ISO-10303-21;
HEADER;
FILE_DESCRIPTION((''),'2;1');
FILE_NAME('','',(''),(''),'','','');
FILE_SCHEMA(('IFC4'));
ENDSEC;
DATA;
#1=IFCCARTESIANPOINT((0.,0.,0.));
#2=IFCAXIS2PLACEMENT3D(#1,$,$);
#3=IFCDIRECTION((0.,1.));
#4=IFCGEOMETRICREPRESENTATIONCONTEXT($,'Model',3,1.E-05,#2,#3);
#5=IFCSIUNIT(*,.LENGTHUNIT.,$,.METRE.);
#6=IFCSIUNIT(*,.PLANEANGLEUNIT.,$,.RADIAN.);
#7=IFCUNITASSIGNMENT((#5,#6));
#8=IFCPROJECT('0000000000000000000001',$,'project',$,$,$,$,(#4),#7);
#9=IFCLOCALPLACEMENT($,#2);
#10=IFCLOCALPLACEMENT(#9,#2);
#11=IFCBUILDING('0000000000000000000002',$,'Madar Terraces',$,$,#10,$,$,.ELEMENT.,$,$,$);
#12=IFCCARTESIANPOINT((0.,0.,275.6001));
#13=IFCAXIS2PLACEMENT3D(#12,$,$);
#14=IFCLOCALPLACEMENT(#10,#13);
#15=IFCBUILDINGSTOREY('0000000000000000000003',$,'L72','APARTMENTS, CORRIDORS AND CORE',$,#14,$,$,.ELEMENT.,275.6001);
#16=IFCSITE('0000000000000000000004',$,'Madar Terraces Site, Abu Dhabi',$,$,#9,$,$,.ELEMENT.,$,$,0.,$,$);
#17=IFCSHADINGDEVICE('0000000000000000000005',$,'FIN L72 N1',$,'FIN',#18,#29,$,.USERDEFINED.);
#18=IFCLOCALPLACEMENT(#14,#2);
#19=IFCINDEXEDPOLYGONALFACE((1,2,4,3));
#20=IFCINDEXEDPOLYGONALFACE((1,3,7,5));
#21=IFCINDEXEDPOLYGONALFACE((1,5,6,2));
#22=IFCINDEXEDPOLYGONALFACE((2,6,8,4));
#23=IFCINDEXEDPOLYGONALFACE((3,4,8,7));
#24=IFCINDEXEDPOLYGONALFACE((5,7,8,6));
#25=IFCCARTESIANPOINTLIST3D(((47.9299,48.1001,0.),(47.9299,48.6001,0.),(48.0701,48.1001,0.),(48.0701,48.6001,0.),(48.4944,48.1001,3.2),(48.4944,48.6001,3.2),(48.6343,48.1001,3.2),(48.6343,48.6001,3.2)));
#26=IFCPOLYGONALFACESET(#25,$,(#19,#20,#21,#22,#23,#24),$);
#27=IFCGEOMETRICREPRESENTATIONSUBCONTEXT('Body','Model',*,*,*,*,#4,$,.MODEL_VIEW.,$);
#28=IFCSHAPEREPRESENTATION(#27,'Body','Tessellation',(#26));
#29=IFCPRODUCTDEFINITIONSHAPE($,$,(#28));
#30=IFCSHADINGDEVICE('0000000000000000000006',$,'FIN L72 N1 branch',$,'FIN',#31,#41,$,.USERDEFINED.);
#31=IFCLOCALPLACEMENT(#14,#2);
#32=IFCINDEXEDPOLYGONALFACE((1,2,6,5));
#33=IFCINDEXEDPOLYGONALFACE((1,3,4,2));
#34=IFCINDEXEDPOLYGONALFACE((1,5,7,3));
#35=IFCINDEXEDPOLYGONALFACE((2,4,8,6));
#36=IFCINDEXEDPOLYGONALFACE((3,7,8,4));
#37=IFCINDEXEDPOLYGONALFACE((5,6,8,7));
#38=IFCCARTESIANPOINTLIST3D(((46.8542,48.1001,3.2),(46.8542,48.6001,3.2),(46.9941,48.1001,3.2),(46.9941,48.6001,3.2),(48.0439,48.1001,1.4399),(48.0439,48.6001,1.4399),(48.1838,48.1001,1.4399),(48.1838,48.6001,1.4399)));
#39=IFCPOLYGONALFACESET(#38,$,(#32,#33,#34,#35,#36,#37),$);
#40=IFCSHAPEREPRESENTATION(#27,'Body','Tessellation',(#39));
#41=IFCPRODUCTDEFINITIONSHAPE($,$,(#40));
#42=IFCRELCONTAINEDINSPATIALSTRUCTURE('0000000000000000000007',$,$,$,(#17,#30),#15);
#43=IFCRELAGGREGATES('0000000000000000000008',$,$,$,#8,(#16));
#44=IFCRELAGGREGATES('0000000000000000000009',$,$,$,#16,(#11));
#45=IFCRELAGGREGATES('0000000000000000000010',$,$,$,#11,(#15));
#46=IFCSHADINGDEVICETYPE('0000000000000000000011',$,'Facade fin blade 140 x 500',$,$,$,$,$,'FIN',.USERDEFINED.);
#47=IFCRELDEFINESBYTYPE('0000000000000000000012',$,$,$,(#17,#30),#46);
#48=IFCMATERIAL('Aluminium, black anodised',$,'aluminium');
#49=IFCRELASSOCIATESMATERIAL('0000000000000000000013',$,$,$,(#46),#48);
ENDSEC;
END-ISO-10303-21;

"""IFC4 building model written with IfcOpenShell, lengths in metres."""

from ifc_helpers import new_model, si_unit, direction, frame, origin, place, context, subcontext, project, spatial, polyline, outline, extrude, material, type_object, element, save


model = new_model("IFC4")

# Units and contexts
model_context = context("Model", 3, precision=1e-05, world=origin(), true_north=direction((0.0, 1.0)))
body_context = subcontext(model_context, "Body", "Model", "MODEL_VIEW")
ifc_project = project(units=[si_unit("LENGTHUNIT", "METRE"), si_unit("PLANEANGLEUNIT", "RADIAN")], contexts=[model_context])

# Site, building, storey
site_placement = place(None, origin())
site = spatial("IfcSite", under=ifc_project, at=site_placement, Name="Madar Terraces Site, Abu Dhabi", CompositionType="ELEMENT", RefElevation=0.0)
building_placement = place(site_placement, origin())
building = spatial("IfcBuilding", under=site, at=building_placement, Name="Madar Terraces", CompositionType="ELEMENT")
storey_placement = place(building_placement, frame((0.0, 0.0, 275.6001)))
storey = spatial("IfcBuildingStorey", under=building, at=storey_placement, Name="L72", Description="APARTMENTS, CORRIDORS AND CORE", CompositionType="ELEMENT", Elevation=275.6001)

# Shading devices
ifc_material_1 = material(Name="Aluminium, black anodised", Category="aluminium")
shading_device_type = type_object("IfcShadingDeviceType", Name="Facade fin blade 140 x 500", ElementType="FIN", PredefinedType="USERDEFINED", material=ifc_material_1)
shading_device_1_placement = place(storey_placement, frame((48.0701, 48.3501, 0.0), z_axis=(0.0, 0.0, 1.0), x_axis=(-1.0, 0.0, 0.0)))
element("IfcShadingDevice", 1, at=shading_device_1_placement, inside=storey, type_object=shading_device_type, Name="FIN L72 N1", ObjectType="FIN", PredefinedType="USERDEFINED", context=body_context, shape_type="SweptSolid", body=[
    extrude(outline(polyline([(0.0, 0.0), (0.1401, 0.0), (-0.4243, 3.2), (-0.5642, 3.2), (0.0, 0.0)])), frame((0.0, 0.25, 0.0), z_axis=(0.0, -1.0, 0.0), x_axis=(1.0, 0.0, 0.0)), (0.0, 0.0, 1.0), 0.5),
])
shading_device_2_placement = place(storey_placement, frame((48.1838, 48.3501, 1.4399), z_axis=(0.0, 0.0, 1.0), x_axis=(-1.0, 0.0, 0.0)))
element("IfcShadingDevice", 2, at=shading_device_2_placement, inside=storey, type_object=shading_device_type, Name="FIN L72 N1 branch", ObjectType="FIN", PredefinedType="USERDEFINED", context=body_context, shape_type="SweptSolid", body=[
    extrude(outline(polyline([(0.0, 0.0), (0.1399, 0.0), (1.3296, 1.76), (1.1897, 1.76), (0.0, 0.0)])), frame((0.0, 0.25, 0.0), z_axis=(0.0, -1.0, 0.0), x_axis=(1.0, 0.0, 0.0)), (0.0, 0.0, 1.0), 0.5),
])

save(model, "model.ifc")
